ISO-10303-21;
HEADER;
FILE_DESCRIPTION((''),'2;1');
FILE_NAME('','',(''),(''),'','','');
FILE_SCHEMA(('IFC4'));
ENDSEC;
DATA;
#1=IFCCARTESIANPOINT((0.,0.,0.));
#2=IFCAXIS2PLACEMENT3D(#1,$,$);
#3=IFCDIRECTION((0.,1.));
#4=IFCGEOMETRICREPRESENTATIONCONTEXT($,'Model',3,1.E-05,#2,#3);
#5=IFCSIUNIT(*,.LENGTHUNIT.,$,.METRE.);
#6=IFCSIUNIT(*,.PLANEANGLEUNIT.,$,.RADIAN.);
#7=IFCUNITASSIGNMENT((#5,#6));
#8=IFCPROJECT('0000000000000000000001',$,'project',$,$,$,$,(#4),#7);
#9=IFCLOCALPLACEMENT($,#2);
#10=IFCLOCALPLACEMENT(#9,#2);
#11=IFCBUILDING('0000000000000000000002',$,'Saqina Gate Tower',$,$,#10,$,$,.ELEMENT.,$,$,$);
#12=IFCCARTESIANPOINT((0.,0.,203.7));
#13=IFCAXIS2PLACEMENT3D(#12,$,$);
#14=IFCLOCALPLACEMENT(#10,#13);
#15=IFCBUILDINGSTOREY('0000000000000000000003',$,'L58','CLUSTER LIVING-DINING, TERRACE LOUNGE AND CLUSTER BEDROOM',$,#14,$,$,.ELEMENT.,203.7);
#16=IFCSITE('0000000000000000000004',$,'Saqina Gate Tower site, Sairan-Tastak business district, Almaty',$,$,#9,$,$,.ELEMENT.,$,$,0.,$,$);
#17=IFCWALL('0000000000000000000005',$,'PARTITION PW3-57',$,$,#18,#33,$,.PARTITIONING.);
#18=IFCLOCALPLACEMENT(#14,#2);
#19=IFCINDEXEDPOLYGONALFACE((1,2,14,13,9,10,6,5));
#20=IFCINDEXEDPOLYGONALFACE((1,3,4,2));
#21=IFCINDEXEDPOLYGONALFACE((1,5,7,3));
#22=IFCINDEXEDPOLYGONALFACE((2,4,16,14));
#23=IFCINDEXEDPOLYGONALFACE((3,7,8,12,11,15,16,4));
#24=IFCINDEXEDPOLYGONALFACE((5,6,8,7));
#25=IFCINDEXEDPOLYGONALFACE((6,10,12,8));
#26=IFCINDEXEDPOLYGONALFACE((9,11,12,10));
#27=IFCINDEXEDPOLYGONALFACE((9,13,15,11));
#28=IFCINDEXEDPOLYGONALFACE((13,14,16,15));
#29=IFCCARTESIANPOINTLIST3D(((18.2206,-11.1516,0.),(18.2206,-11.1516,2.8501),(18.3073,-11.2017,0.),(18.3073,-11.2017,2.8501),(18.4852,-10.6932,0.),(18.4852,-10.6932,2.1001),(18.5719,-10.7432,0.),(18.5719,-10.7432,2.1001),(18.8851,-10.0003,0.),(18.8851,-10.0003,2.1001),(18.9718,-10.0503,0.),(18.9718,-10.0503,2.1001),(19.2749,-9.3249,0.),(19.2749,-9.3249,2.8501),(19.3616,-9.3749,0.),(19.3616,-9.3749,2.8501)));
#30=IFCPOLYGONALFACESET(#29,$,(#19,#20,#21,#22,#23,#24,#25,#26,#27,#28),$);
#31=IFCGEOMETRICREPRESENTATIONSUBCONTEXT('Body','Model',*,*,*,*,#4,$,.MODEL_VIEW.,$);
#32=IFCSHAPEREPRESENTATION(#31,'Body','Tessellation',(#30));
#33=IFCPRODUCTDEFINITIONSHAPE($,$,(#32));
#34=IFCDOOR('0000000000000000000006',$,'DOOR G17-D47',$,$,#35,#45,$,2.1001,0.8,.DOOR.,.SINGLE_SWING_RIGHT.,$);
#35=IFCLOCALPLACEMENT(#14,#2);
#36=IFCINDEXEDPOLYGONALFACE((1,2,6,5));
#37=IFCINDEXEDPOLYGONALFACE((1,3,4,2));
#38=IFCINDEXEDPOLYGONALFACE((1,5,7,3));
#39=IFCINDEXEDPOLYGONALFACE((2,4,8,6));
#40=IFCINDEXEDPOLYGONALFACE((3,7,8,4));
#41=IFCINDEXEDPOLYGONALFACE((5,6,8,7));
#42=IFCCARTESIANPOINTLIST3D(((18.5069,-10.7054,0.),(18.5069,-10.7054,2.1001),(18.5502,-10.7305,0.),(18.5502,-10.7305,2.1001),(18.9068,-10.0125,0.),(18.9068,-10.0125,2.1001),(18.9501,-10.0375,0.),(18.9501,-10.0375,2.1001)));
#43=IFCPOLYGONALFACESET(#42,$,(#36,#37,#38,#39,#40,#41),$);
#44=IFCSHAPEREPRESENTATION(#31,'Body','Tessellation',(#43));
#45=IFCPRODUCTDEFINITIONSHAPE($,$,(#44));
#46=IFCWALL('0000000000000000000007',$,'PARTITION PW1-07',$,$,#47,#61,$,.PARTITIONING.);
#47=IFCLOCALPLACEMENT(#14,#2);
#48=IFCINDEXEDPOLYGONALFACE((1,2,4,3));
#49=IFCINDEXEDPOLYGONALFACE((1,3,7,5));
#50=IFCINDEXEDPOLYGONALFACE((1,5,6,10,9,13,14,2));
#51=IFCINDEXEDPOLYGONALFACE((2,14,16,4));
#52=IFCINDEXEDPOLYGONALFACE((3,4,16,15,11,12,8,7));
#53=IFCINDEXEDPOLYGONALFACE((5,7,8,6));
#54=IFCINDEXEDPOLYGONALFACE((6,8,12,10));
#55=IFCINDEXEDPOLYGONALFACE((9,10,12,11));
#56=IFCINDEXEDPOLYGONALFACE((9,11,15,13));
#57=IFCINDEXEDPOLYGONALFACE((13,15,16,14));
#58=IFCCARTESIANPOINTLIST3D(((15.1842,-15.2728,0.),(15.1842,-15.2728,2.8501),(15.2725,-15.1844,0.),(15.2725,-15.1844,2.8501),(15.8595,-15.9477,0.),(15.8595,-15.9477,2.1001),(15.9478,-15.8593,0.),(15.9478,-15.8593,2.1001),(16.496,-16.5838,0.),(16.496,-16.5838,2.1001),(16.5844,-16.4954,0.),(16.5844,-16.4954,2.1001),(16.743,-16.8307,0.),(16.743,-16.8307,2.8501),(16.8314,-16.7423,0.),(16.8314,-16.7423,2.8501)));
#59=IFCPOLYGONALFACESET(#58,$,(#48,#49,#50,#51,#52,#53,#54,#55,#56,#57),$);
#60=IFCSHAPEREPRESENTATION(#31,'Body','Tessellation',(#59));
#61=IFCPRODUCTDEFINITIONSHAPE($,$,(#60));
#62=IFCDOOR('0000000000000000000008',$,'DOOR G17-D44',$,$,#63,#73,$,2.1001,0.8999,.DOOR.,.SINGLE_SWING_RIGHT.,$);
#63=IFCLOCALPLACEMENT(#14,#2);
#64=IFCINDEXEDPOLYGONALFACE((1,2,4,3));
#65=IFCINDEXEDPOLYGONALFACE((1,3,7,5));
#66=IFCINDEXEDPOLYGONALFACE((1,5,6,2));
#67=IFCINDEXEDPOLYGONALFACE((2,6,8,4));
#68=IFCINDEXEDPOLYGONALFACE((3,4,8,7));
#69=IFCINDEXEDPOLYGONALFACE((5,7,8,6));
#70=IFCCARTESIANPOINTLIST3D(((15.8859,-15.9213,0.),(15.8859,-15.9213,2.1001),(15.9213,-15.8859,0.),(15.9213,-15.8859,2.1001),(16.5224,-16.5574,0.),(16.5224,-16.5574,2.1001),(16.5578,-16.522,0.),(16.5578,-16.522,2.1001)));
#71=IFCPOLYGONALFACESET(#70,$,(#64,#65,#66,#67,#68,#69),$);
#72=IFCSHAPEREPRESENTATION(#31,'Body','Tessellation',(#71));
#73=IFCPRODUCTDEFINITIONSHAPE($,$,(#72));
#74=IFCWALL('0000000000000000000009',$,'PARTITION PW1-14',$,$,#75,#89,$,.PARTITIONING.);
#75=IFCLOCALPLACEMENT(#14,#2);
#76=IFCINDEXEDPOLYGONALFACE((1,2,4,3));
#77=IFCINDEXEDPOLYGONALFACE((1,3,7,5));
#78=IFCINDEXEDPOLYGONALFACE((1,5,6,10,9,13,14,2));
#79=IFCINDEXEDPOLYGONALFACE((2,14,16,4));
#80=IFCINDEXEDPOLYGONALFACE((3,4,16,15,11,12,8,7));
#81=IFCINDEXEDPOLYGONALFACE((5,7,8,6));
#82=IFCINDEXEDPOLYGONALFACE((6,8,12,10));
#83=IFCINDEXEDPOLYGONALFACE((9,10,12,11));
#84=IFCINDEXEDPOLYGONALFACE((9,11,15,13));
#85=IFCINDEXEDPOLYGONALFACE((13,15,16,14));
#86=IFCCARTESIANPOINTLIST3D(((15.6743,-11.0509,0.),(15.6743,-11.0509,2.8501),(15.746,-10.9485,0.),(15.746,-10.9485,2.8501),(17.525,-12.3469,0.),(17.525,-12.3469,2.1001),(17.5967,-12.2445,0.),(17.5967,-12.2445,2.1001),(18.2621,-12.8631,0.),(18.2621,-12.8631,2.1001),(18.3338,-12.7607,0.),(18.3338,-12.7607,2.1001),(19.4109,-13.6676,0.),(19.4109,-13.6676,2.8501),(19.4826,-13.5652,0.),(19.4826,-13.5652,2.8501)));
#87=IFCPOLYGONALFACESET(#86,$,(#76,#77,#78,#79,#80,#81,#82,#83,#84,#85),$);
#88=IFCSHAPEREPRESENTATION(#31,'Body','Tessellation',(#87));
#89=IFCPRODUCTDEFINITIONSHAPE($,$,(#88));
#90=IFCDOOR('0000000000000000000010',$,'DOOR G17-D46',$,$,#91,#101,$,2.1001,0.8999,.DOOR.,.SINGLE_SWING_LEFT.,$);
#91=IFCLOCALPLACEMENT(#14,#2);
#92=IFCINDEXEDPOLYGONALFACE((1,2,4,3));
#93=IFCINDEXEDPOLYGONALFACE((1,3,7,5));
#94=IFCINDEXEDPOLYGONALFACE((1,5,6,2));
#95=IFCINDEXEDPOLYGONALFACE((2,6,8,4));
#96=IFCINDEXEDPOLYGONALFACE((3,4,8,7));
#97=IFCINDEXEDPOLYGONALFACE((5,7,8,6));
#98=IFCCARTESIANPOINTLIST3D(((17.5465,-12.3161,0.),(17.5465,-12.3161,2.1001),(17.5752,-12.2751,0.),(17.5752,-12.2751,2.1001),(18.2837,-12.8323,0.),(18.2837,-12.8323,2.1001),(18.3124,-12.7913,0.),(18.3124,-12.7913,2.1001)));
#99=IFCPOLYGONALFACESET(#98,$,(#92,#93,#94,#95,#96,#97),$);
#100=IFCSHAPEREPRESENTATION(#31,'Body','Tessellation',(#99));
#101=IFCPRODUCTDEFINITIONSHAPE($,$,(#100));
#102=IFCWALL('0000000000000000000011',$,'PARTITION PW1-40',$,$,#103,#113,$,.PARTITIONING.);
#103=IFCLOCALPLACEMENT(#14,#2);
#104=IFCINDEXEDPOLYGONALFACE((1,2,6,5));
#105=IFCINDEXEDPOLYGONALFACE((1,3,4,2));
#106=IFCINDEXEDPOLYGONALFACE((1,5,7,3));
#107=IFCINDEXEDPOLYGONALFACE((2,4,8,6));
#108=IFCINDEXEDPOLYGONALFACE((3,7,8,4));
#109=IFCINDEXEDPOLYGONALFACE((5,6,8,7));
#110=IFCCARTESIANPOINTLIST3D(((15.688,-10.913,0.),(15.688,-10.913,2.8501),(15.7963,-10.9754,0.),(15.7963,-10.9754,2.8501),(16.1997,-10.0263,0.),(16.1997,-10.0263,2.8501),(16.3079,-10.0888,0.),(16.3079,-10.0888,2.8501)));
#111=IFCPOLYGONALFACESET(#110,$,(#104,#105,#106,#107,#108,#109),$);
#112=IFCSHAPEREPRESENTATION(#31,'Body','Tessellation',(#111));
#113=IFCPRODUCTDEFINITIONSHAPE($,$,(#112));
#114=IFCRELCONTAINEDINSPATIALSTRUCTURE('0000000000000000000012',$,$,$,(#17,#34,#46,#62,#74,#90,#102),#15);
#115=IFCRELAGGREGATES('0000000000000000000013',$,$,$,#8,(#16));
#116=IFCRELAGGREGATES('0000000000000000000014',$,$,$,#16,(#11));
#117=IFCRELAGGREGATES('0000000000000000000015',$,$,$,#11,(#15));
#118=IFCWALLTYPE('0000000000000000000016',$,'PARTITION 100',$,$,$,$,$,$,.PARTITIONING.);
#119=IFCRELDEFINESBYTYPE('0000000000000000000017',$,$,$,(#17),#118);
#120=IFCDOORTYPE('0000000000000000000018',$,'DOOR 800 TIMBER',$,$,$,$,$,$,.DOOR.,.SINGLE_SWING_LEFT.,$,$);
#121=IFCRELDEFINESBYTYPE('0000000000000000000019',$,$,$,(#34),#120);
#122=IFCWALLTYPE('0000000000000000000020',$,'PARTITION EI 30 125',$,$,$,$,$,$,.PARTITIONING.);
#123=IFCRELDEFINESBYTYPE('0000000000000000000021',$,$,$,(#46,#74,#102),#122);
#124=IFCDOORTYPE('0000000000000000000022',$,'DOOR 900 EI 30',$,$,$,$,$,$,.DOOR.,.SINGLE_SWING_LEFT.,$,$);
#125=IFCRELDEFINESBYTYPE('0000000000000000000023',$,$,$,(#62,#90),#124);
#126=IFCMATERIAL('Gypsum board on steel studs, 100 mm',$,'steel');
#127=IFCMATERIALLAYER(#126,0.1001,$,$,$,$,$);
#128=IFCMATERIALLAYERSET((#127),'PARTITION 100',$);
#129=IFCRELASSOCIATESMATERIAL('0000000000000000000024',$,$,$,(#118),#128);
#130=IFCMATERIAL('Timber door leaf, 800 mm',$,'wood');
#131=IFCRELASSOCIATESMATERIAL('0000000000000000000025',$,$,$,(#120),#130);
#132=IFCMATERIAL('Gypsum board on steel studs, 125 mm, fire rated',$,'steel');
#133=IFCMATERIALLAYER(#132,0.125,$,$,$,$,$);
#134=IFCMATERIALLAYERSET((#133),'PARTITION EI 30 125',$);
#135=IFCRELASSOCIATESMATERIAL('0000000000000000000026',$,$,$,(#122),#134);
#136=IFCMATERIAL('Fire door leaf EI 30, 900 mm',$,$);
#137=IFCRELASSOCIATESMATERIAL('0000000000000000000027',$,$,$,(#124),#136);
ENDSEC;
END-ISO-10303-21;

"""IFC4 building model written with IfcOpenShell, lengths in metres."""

from ifc_helpers import new_model, si_unit, direction, frame, frame_2d, origin, place, context, subcontext, project, spatial, rectangle, extrude, material, layer, layer_set, type_object, element, fill, save


model = new_model("IFC4")

# Units and contexts
model_context = context("Model", 3, precision=1e-05, world=origin(), true_north=direction((0.0, 1.0)))
body_context = subcontext(model_context, "Body", "Model", "MODEL_VIEW")
ifc_project = project(units=[si_unit("LENGTHUNIT", "METRE"), si_unit("PLANEANGLEUNIT", "RADIAN")], contexts=[model_context])

# Site, building, storey
site_placement = place(None, origin())
site = spatial("IfcSite", under=ifc_project, at=site_placement, Name="Saqina Gate Tower site, Sairan-Tastak business district, Almaty", CompositionType="ELEMENT", RefElevation=0.0)
building_placement = place(site_placement, origin())
building = spatial("IfcBuilding", under=site, at=building_placement, Name="Saqina Gate Tower", CompositionType="ELEMENT")
storey_placement = place(building_placement, frame((0.0, 0.0, 203.7)))
storey = spatial("IfcBuildingStorey", under=building, at=storey_placement, Name="L58", Description="CLUSTER LIVING-DINING, TERRACE LOUNGE AND CLUSTER BEDROOM", CompositionType="ELEMENT", Elevation=203.7)

# Shared definitions
ifc_material_1 = material(Name="Gypsum board on steel studs, 100 mm", Category="steel")
ifc_layer_1 = layer(ifc_material_1, 0.1001)
ifc_layer_set_1 = layer_set([ifc_layer_1], Name="PARTITION 100")
wall_type_1 = type_object("IfcWallType", Name="PARTITION 100", PredefinedType="PARTITIONING", material=ifc_layer_set_1)

# Walls, openings, doors
wall_1_placement = place(storey_placement, frame((18.2639, -11.1768, 0.0), z_axis=(0.0, 0.0, 1.0), x_axis=(0.499849, 0.866112, 0.0)))
wall_1 = element("IfcWall", 1, at=wall_1_placement, inside=storey, type_object=wall_type_1, Name="PARTITION PW3-57", PredefinedType="PARTITIONING", context=body_context, shape_type="SweptSolid", body=[
    extrude(rectangle(XDim=2.1091, YDim=0.1001, at=frame_2d((1.0547, 0.0))), origin(), (0.0, 0.0, 1.0), 2.8501),
])
opening_1_placement = place(wall_1_placement, frame((0.5295, 0.0, 0.0)))
opening_1 = element("IfcOpeningElement", 2, at=opening_1_placement, cuts=wall_1, PredefinedType="OPENING", context=body_context, shape_type="SweptSolid", body=[
    extrude(rectangle(XDim=0.8, YDim=2.1001, at=frame_2d((0.3999, 1.05))), frame((0.0, 0.062, 0.0), z_axis=(0.0, -1.0, 0.0), x_axis=(1.0, 0.0, 0.0)), (0.0, 0.0, 1.0), 0.124),
])
ifc_material_2 = material(Name="Timber door leaf, 800 mm", Category="wood")
door_type_1 = type_object("IfcDoorType", Name="DOOR 800 TIMBER", OperationType="SINGLE_SWING_LEFT", PredefinedType="DOOR", material=ifc_material_2)
door_1_placement = place(opening_1_placement, frame((0.8, 0.0, 0.0), z_axis=(0.0, 0.0, 1.0), x_axis=(-1.0, 0.0, 0.0)))
door_1 = element("IfcDoor", 3, at=door_1_placement, inside=storey, type_object=door_type_1, Name="DOOR G17-D47", OperationType="SINGLE_SWING_RIGHT", OverallHeight=2.1001, OverallWidth=0.8, PredefinedType="DOOR", context=body_context, shape_type="SweptSolid", body=[
    extrude(rectangle(XDim=0.8, YDim=2.1001, at=frame_2d((0.3999, 1.05))), frame((0.0, 0.0249, 0.0), z_axis=(0.0, -1.0, 0.0), x_axis=(1.0, 0.0, 0.0)), (0.0, 0.0, 1.0), 0.05),
])
fill(opening_1, door_1)
ifc_material_3 = material(Name="Gypsum board on steel studs, 125 mm, fire rated", Category="steel")
ifc_layer_2 = layer(ifc_material_3, 0.125)
ifc_layer_set_2 = layer_set([ifc_layer_2], Name="PARTITION EI 30 125")
wall_type_2 = type_object("IfcWallType", Name="PARTITION EI 30 125", PredefinedType="PARTITIONING", material=ifc_layer_set_2)
wall_2_placement = place(storey_placement, frame((15.2283, -15.2285, 0.0), z_axis=(0.0, 0.0, 1.0), x_axis=(0.707328, -0.706885, 0.0)))
wall_2 = element("IfcWall", 4, at=wall_2_placement, inside=storey, type_object=wall_type_2, Name="PARTITION PW1-07", PredefinedType="PARTITIONING", context=body_context, shape_type="SweptSolid", body=[
    extrude(rectangle(XDim=2.2039, YDim=0.125, at=frame_2d((1.1021, 0.0))), origin(), (0.0, 0.0, 1.0), 2.8501),
])
opening_2_placement = place(wall_2_placement, frame((0.9548, 0.0, 0.0)))
opening_2 = element("IfcOpeningElement", 5, at=opening_2_placement, cuts=wall_2, PredefinedType="OPENING", context=body_context, shape_type="SweptSolid", body=[
    extrude(rectangle(XDim=0.8999, YDim=2.1001, at=frame_2d((0.45, 1.05))), frame((0.0, 0.0745, 0.0), z_axis=(0.0, -1.0, 0.0), x_axis=(1.0, 0.0, 0.0)), (0.0, 0.0, 1.0), 0.1489),
])
ifc_material_4 = material(Name="Fire door leaf EI 30, 900 mm")
door_type_2 = type_object("IfcDoorType", Name="DOOR 900 EI 30", OperationType="SINGLE_SWING_LEFT", PredefinedType="DOOR", material=ifc_material_4)
door_2_placement = place(opening_2_placement, origin())
door_2 = element("IfcDoor", 6, at=door_2_placement, inside=storey, type_object=door_type_2, Name="DOOR G17-D44", OperationType="SINGLE_SWING_RIGHT", OverallHeight=2.1001, OverallWidth=0.8999, PredefinedType="DOOR", context=body_context, shape_type="SweptSolid", body=[
    extrude(rectangle(XDim=0.8999, YDim=2.1001, at=frame_2d((0.45, 1.05))), frame((0.0, 0.0249, 0.0), z_axis=(0.0, -1.0, 0.0), x_axis=(1.0, 0.0, 0.0)), (0.0, 0.0, 1.0), 0.05),
])
fill(opening_2, door_2)
wall_3_placement = place(storey_placement, frame((15.7102, -10.9998, 0.0), z_axis=(0.0, 0.0, 1.0), x_axis=(0.819119, -0.573624, 0.0)))
wall_3 = element("IfcWall", 7, at=wall_3_placement, inside=storey, type_object=wall_type_2, Name="PARTITION PW1-14", PredefinedType="PARTITIONING", context=body_context, shape_type="SweptSolid", body=[
    extrude(rectangle(XDim=4.5618, YDim=0.125, at=frame_2d((2.2808, 0.0))), origin(), (0.0, 0.0, 1.0), 2.8501),
])
opening_3_placement = place(wall_3_placement, frame((2.2593, 0.0, 0.0)))
opening_3 = element("IfcOpeningElement", 8, at=opening_3_placement, cuts=wall_3, PredefinedType="OPENING", context=body_context, shape_type="SweptSolid", body=[
    extrude(rectangle(XDim=0.8999, YDim=2.1001, at=frame_2d((0.45, 1.05))), frame((0.0, 0.0745, 0.0), z_axis=(0.0, -1.0, 0.0), x_axis=(1.0, 0.0, 0.0)), (0.0, 0.0, 1.0), 0.1489),
])
door_3_placement = place(opening_3_placement, frame((0.8999, 0.0, 0.0), z_axis=(0.0, 0.0, 1.0), x_axis=(-1.0, 0.0, 0.0)))
door_3 = element("IfcDoor", 9, at=door_3_placement, inside=storey, type_object=door_type_2, Name="DOOR G17-D46", OperationType="SINGLE_SWING_LEFT", OverallHeight=2.1001, OverallWidth=0.8999, PredefinedType="DOOR", context=body_context, shape_type="SweptSolid", body=[
    extrude(rectangle(XDim=0.8999, YDim=2.1001, at=frame_2d((0.45, 1.05))), frame((0.0, 0.0249, 0.0), z_axis=(0.0, -1.0, 0.0), x_axis=(1.0, 0.0, 0.0)), (0.0, 0.0, 1.0), 0.05),
])
fill(opening_3, door_3)

# Wall
wall_4_placement = place(storey_placement, frame((15.7422, -10.9441, 0.0), z_axis=(0.0, 0.0, 1.0), x_axis=(0.499833, 0.866122, 0.0)))
element("IfcWall", 10, at=wall_4_placement, inside=storey, type_object=wall_type_2, Name="PARTITION PW1-40", PredefinedType="PARTITIONING", context=body_context, shape_type="SweptSolid", body=[
    extrude(rectangle(XDim=1.0237, YDim=0.125, at=frame_2d((0.5117, 0.0))), origin(), (0.0, 0.0, 1.0), 2.8501),
])

save(model, "model.ifc")
